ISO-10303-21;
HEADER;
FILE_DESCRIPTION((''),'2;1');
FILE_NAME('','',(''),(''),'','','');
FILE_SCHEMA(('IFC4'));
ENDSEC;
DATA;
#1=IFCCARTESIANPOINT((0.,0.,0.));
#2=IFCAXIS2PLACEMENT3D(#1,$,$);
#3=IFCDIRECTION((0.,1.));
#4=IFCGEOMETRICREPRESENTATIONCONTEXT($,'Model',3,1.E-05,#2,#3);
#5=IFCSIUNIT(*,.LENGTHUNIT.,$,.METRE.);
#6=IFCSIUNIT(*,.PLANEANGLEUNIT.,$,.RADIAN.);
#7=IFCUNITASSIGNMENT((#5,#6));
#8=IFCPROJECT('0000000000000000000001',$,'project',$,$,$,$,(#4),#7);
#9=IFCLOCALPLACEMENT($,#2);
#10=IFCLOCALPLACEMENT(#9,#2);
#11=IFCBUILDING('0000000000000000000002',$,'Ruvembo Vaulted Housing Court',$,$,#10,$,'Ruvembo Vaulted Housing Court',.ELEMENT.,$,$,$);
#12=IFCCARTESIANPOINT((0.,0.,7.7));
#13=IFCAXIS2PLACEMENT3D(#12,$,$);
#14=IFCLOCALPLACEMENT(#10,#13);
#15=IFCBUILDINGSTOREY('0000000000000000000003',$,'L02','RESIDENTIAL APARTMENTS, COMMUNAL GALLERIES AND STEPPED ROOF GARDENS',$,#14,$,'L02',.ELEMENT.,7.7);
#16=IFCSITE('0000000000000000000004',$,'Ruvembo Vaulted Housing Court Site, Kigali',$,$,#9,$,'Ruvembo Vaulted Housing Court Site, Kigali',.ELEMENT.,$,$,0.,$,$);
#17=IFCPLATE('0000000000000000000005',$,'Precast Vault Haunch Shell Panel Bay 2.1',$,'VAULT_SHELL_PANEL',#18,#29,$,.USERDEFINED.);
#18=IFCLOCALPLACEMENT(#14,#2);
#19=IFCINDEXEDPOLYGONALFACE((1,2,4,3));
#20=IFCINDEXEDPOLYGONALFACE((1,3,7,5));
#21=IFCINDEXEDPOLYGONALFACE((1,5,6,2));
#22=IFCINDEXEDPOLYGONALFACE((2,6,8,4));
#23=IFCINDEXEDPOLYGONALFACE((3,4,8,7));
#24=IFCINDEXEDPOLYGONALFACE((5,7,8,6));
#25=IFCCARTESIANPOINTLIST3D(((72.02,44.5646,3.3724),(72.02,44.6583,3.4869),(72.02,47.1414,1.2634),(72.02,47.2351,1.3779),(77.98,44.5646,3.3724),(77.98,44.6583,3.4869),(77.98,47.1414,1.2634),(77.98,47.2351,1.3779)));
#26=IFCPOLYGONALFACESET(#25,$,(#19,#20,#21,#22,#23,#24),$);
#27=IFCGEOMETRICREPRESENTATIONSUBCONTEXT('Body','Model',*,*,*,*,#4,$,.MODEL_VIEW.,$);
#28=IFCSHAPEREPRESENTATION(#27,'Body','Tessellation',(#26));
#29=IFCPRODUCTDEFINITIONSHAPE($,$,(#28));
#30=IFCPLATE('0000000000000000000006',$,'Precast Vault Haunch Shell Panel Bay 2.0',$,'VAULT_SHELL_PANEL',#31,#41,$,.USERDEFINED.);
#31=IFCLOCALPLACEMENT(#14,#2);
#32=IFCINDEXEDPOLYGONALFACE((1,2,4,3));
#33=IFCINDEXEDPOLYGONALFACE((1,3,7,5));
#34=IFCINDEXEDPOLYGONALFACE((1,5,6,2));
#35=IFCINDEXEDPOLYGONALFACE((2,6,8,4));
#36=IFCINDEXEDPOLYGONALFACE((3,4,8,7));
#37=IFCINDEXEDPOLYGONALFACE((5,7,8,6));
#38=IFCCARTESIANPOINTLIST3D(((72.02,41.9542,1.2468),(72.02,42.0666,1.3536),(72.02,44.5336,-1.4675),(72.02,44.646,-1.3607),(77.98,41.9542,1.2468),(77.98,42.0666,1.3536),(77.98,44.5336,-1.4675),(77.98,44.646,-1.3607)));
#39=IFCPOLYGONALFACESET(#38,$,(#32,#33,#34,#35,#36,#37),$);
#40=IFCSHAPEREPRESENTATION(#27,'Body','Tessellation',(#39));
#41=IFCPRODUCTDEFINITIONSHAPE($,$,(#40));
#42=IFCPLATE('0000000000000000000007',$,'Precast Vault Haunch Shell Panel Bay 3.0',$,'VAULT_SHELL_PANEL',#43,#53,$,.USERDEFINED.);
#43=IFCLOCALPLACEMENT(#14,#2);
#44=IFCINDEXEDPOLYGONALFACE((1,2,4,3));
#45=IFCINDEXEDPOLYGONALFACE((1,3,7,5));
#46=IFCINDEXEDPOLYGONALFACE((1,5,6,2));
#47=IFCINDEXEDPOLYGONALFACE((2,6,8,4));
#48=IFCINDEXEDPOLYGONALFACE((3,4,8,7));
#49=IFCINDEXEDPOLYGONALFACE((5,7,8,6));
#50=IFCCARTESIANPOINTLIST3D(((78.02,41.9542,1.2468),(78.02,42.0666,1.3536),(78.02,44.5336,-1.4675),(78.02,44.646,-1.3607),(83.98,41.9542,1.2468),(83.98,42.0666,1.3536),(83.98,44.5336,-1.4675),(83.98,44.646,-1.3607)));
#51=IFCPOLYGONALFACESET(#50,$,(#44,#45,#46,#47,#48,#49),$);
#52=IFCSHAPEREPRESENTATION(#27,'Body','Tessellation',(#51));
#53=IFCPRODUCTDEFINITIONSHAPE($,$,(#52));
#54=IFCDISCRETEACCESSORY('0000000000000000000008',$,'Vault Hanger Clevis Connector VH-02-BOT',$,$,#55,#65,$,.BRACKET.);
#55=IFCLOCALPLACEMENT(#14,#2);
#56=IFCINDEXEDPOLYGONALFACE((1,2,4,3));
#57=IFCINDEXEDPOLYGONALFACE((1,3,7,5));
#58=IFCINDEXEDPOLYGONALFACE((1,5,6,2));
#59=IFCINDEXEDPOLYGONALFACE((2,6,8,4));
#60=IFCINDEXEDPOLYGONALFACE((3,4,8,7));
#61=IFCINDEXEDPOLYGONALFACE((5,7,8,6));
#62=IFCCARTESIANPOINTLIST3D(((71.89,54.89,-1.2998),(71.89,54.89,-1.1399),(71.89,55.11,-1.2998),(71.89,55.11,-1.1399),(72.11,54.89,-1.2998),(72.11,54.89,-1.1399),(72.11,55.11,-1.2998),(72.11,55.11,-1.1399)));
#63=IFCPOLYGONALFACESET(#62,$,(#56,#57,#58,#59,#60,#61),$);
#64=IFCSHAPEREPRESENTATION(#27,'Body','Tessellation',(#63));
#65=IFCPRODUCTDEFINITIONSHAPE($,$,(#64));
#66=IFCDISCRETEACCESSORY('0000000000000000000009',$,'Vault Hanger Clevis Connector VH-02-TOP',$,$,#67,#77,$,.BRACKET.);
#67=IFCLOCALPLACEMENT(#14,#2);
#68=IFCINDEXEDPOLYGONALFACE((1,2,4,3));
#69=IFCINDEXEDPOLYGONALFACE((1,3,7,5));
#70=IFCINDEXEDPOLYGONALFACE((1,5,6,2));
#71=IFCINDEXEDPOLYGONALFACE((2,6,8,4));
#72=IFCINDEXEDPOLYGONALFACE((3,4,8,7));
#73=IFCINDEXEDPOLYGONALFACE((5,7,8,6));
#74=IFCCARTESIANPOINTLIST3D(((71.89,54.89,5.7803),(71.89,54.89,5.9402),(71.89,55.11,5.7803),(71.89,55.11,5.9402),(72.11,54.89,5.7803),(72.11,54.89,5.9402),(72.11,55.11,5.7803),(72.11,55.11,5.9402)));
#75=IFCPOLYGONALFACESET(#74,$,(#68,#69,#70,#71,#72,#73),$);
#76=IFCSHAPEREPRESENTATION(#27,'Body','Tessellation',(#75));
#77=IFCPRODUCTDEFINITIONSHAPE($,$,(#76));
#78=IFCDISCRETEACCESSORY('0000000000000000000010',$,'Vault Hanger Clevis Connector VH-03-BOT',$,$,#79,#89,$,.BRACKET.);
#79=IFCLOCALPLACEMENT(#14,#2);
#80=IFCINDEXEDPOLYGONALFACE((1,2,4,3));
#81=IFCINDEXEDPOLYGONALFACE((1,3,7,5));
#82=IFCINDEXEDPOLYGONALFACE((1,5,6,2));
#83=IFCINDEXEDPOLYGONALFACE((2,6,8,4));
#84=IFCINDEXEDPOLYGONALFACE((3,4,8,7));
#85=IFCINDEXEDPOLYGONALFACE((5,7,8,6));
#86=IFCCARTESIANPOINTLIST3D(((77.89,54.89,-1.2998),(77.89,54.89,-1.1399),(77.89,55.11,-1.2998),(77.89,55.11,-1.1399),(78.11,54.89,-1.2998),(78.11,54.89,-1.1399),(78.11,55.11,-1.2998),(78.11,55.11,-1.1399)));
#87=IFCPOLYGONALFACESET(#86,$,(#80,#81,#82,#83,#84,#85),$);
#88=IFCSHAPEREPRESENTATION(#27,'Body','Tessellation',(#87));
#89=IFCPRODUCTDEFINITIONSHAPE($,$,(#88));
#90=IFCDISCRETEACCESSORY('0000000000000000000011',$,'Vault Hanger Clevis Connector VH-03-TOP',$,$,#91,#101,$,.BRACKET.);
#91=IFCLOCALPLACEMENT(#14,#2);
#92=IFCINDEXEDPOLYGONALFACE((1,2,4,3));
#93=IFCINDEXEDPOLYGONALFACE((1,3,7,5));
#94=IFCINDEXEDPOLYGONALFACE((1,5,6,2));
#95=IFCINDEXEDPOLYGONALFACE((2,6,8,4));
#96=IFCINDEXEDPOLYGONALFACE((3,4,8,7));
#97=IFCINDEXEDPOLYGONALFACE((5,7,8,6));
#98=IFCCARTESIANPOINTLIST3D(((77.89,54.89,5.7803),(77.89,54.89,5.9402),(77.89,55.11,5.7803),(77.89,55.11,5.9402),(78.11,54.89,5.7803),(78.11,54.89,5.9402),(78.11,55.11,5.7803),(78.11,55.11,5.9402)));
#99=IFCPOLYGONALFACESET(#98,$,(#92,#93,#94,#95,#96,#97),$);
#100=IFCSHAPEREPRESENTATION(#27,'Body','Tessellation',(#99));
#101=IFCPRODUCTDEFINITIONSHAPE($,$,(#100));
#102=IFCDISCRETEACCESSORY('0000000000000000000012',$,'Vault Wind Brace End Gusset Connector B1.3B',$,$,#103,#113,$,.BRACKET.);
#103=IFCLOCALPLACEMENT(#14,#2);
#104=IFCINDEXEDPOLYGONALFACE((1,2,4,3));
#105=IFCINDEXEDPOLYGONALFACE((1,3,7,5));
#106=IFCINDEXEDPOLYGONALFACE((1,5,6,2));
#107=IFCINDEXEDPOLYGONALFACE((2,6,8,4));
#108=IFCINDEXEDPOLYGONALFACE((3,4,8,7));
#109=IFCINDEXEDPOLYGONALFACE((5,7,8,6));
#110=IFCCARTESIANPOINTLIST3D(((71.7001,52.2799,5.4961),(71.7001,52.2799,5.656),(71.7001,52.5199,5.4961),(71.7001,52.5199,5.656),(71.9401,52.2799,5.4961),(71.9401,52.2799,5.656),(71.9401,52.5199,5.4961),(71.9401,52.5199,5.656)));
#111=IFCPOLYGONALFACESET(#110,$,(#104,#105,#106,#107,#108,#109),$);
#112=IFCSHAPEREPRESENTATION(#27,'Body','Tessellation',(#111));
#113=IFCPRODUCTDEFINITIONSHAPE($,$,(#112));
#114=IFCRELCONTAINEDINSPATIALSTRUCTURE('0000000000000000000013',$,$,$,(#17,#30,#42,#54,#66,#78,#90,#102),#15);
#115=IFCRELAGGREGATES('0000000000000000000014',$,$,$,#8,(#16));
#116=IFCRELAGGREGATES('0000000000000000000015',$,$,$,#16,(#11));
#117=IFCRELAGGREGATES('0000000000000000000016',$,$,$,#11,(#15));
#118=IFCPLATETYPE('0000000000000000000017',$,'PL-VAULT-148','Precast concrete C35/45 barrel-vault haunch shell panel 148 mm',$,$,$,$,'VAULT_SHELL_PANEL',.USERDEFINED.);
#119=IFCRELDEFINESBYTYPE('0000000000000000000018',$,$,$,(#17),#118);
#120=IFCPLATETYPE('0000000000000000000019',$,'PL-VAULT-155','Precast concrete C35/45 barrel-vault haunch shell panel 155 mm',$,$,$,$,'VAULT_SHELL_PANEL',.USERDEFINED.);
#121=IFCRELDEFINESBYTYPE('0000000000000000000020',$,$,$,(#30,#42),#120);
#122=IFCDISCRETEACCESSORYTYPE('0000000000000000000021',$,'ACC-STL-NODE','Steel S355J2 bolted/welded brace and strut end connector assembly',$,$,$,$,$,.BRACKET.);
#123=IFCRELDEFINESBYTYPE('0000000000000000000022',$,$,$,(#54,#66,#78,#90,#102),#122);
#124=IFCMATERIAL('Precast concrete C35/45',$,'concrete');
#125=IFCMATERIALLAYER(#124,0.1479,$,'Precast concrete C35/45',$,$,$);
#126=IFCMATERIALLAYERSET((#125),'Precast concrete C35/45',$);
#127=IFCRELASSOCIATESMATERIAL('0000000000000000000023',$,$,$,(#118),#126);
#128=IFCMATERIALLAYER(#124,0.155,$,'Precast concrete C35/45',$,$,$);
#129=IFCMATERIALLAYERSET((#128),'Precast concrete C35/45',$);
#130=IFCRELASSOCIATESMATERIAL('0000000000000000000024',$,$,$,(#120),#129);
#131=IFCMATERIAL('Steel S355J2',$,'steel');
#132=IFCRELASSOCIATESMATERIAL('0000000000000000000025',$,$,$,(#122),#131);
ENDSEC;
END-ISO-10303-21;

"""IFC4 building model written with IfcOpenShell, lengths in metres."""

from ifc_helpers import new_model, si_unit, direction, frame, origin, origin_2d, place, context, subcontext, project, spatial, rectangle, extrude, material, layer, layer_set, type_object, element, save


model = new_model("IFC4")

# Units and contexts
model_context = context("Model", 3, precision=1e-05, world=origin(), true_north=direction((0.0, 1.0)))
body_context = subcontext(model_context, "Body", "Model", "MODEL_VIEW")
ifc_project = project(units=[si_unit("LENGTHUNIT", "METRE"), si_unit("PLANEANGLEUNIT", "RADIAN")], contexts=[model_context])

# Site, building, storey
site_placement = place(None, origin())
site = spatial("IfcSite", under=ifc_project, at=site_placement, Name="Ruvembo Vaulted Housing Court Site, Kigali", LongName="Ruvembo Vaulted Housing Court Site, Kigali", CompositionType="ELEMENT", RefElevation=0.0)
building_placement = place(site_placement, origin())
building = spatial("IfcBuilding", under=site, at=building_placement, Name="Ruvembo Vaulted Housing Court", LongName="Ruvembo Vaulted Housing Court", CompositionType="ELEMENT")
storey_placement = place(building_placement, frame((0.0, 0.0, 7.7)))
storey = spatial("IfcBuildingStorey", under=building, at=storey_placement, Name="L02", Description="RESIDENTIAL APARTMENTS, COMMUNAL GALLERIES AND STEPPED ROOF GARDENS", LongName="L02", CompositionType="ELEMENT", Elevation=7.7)

# Shared definitions
ifc_material_1 = material(Name="Steel S355J2", Category="steel")

# Plates
ifc_material_2 = material(Name="Precast concrete C35/45", Category="concrete")
ifc_layer_1 = layer(ifc_material_2, 0.1479, Name="Precast concrete C35/45")
ifc_layer_set_1 = layer_set([ifc_layer_1], Name="Precast concrete C35/45")
plate_type_1 = type_object("IfcPlateType", Name="PL-VAULT-148", Description="Precast concrete C35/45 barrel-vault haunch shell panel 148 mm", ElementType="VAULT_SHELL_PANEL", PredefinedType="USERDEFINED", material=ifc_layer_set_1)
plate_1_placement = place(storey_placement, frame((75.0, 45.853, 2.3179), z_axis=(0.0, 0.633367, 0.773851), x_axis=(1.0, 0.0, 0.0)))
element("IfcPlate", 1, at=plate_1_placement, inside=storey, type_object=plate_type_1, Name="Precast Vault Haunch Shell Panel Bay 2.1", ObjectType="VAULT_SHELL_PANEL", PredefinedType="USERDEFINED", context=body_context, shape_type="SweptSolid", body=[
    extrude(rectangle(XDim=5.96, YDim=3.3298, at=origin_2d()), origin(), (0.0, 0.0, 1.0), 0.1479),
])
ifc_layer_2 = layer(ifc_material_2, 0.155, Name="Precast concrete C35/45")
ifc_layer_set_2 = layer_set([ifc_layer_2], Name="Precast concrete C35/45")
plate_type_2 = type_object("IfcPlateType", Name="PL-VAULT-155", Description="Precast concrete C35/45 barrel-vault haunch shell panel 155 mm", ElementType="VAULT_SHELL_PANEL", PredefinedType="USERDEFINED", material=ifc_layer_set_2)
for number, where, z_axis, x_axis, name in (
    (2, (75.0, 43.2439, -0.1104), (0.0, 0.724894, 0.688861), (1.0, 0.0, 0.0), "Precast Vault Haunch Shell Panel Bay 2.0"),
    (3, (81.0, 43.2439, -0.1104), (0.0, 0.724894, 0.688861), (1.0, 0.0, 0.0), "Precast Vault Haunch Shell Panel Bay 3.0"),
):
    element("IfcPlate", number, at=place(storey_placement, frame(where, z_axis=z_axis, x_axis=x_axis)), inside=storey, type_object=plate_type_2, Name=name, ObjectType="VAULT_SHELL_PANEL", PredefinedType="USERDEFINED", context=body_context, shape_type="SweptSolid", body=[
        extrude(rectangle(XDim=5.96, YDim=3.7444, at=origin_2d()), origin(), (0.0, 0.0, 1.0), 0.155),
    ])

# Discrete accessories
discrete_accessory_type = type_object("IfcDiscreteAccessoryType", Name="ACC-STL-NODE", Description="Steel S355J2 bolted/welded brace and strut end connector assembly", PredefinedType="BRACKET", material=ifc_material_1)
for number, where, z_axis, x_axis, name in (
    (4, (72.0, 55.0, -1.2998), (0.0, 0.0, 1.0), (1.0, 0.0, 0.0), "Vault Hanger Clevis Connector VH-02-BOT"),
    (5, (72.0, 55.0, 5.7803), (0.0, 0.0, 1.0), (1.0, 0.0, 0.0), "Vault Hanger Clevis Connector VH-02-TOP"),
    (6, (78.0, 55.0, -1.2998), (0.0, 0.0, 1.0), (1.0, 0.0, 0.0), "Vault Hanger Clevis Connector VH-03-BOT"),
    (7, (78.0, 55.0, 5.7803), (0.0, 0.0, 1.0), (1.0, 0.0, 0.0), "Vault Hanger Clevis Connector VH-03-TOP"),
):
    element("IfcDiscreteAccessory", number, at=place(storey_placement, frame(where, z_axis=z_axis, x_axis=x_axis)), inside=storey, type_object=discrete_accessory_type, Name=name, PredefinedType="BRACKET", context=body_context, shape_type="SweptSolid", body=[
        extrude(rectangle(XDim=0.22, YDim=0.22, at=origin_2d()), origin(), (0.0, 0.0, 1.0), 0.1599),
    ])
discrete_accessory_placement = place(storey_placement, frame((71.8201, 52.3999, 5.4961), z_axis=(0.0, 0.0, 1.0), x_axis=(1.0, 0.0, 0.0)))
element("IfcDiscreteAccessory", 8, at=discrete_accessory_placement, inside=storey, type_object=discrete_accessory_type, Name="Vault Wind Brace End Gusset Connector B1.3B", PredefinedType="BRACKET", context=body_context, shape_type="SweptSolid", body=[
    extrude(rectangle(XDim=0.24, YDim=0.24, at=origin_2d()), origin(), (0.0, 0.0, 1.0), 0.1599),
])

save(model, "model.ifc")
